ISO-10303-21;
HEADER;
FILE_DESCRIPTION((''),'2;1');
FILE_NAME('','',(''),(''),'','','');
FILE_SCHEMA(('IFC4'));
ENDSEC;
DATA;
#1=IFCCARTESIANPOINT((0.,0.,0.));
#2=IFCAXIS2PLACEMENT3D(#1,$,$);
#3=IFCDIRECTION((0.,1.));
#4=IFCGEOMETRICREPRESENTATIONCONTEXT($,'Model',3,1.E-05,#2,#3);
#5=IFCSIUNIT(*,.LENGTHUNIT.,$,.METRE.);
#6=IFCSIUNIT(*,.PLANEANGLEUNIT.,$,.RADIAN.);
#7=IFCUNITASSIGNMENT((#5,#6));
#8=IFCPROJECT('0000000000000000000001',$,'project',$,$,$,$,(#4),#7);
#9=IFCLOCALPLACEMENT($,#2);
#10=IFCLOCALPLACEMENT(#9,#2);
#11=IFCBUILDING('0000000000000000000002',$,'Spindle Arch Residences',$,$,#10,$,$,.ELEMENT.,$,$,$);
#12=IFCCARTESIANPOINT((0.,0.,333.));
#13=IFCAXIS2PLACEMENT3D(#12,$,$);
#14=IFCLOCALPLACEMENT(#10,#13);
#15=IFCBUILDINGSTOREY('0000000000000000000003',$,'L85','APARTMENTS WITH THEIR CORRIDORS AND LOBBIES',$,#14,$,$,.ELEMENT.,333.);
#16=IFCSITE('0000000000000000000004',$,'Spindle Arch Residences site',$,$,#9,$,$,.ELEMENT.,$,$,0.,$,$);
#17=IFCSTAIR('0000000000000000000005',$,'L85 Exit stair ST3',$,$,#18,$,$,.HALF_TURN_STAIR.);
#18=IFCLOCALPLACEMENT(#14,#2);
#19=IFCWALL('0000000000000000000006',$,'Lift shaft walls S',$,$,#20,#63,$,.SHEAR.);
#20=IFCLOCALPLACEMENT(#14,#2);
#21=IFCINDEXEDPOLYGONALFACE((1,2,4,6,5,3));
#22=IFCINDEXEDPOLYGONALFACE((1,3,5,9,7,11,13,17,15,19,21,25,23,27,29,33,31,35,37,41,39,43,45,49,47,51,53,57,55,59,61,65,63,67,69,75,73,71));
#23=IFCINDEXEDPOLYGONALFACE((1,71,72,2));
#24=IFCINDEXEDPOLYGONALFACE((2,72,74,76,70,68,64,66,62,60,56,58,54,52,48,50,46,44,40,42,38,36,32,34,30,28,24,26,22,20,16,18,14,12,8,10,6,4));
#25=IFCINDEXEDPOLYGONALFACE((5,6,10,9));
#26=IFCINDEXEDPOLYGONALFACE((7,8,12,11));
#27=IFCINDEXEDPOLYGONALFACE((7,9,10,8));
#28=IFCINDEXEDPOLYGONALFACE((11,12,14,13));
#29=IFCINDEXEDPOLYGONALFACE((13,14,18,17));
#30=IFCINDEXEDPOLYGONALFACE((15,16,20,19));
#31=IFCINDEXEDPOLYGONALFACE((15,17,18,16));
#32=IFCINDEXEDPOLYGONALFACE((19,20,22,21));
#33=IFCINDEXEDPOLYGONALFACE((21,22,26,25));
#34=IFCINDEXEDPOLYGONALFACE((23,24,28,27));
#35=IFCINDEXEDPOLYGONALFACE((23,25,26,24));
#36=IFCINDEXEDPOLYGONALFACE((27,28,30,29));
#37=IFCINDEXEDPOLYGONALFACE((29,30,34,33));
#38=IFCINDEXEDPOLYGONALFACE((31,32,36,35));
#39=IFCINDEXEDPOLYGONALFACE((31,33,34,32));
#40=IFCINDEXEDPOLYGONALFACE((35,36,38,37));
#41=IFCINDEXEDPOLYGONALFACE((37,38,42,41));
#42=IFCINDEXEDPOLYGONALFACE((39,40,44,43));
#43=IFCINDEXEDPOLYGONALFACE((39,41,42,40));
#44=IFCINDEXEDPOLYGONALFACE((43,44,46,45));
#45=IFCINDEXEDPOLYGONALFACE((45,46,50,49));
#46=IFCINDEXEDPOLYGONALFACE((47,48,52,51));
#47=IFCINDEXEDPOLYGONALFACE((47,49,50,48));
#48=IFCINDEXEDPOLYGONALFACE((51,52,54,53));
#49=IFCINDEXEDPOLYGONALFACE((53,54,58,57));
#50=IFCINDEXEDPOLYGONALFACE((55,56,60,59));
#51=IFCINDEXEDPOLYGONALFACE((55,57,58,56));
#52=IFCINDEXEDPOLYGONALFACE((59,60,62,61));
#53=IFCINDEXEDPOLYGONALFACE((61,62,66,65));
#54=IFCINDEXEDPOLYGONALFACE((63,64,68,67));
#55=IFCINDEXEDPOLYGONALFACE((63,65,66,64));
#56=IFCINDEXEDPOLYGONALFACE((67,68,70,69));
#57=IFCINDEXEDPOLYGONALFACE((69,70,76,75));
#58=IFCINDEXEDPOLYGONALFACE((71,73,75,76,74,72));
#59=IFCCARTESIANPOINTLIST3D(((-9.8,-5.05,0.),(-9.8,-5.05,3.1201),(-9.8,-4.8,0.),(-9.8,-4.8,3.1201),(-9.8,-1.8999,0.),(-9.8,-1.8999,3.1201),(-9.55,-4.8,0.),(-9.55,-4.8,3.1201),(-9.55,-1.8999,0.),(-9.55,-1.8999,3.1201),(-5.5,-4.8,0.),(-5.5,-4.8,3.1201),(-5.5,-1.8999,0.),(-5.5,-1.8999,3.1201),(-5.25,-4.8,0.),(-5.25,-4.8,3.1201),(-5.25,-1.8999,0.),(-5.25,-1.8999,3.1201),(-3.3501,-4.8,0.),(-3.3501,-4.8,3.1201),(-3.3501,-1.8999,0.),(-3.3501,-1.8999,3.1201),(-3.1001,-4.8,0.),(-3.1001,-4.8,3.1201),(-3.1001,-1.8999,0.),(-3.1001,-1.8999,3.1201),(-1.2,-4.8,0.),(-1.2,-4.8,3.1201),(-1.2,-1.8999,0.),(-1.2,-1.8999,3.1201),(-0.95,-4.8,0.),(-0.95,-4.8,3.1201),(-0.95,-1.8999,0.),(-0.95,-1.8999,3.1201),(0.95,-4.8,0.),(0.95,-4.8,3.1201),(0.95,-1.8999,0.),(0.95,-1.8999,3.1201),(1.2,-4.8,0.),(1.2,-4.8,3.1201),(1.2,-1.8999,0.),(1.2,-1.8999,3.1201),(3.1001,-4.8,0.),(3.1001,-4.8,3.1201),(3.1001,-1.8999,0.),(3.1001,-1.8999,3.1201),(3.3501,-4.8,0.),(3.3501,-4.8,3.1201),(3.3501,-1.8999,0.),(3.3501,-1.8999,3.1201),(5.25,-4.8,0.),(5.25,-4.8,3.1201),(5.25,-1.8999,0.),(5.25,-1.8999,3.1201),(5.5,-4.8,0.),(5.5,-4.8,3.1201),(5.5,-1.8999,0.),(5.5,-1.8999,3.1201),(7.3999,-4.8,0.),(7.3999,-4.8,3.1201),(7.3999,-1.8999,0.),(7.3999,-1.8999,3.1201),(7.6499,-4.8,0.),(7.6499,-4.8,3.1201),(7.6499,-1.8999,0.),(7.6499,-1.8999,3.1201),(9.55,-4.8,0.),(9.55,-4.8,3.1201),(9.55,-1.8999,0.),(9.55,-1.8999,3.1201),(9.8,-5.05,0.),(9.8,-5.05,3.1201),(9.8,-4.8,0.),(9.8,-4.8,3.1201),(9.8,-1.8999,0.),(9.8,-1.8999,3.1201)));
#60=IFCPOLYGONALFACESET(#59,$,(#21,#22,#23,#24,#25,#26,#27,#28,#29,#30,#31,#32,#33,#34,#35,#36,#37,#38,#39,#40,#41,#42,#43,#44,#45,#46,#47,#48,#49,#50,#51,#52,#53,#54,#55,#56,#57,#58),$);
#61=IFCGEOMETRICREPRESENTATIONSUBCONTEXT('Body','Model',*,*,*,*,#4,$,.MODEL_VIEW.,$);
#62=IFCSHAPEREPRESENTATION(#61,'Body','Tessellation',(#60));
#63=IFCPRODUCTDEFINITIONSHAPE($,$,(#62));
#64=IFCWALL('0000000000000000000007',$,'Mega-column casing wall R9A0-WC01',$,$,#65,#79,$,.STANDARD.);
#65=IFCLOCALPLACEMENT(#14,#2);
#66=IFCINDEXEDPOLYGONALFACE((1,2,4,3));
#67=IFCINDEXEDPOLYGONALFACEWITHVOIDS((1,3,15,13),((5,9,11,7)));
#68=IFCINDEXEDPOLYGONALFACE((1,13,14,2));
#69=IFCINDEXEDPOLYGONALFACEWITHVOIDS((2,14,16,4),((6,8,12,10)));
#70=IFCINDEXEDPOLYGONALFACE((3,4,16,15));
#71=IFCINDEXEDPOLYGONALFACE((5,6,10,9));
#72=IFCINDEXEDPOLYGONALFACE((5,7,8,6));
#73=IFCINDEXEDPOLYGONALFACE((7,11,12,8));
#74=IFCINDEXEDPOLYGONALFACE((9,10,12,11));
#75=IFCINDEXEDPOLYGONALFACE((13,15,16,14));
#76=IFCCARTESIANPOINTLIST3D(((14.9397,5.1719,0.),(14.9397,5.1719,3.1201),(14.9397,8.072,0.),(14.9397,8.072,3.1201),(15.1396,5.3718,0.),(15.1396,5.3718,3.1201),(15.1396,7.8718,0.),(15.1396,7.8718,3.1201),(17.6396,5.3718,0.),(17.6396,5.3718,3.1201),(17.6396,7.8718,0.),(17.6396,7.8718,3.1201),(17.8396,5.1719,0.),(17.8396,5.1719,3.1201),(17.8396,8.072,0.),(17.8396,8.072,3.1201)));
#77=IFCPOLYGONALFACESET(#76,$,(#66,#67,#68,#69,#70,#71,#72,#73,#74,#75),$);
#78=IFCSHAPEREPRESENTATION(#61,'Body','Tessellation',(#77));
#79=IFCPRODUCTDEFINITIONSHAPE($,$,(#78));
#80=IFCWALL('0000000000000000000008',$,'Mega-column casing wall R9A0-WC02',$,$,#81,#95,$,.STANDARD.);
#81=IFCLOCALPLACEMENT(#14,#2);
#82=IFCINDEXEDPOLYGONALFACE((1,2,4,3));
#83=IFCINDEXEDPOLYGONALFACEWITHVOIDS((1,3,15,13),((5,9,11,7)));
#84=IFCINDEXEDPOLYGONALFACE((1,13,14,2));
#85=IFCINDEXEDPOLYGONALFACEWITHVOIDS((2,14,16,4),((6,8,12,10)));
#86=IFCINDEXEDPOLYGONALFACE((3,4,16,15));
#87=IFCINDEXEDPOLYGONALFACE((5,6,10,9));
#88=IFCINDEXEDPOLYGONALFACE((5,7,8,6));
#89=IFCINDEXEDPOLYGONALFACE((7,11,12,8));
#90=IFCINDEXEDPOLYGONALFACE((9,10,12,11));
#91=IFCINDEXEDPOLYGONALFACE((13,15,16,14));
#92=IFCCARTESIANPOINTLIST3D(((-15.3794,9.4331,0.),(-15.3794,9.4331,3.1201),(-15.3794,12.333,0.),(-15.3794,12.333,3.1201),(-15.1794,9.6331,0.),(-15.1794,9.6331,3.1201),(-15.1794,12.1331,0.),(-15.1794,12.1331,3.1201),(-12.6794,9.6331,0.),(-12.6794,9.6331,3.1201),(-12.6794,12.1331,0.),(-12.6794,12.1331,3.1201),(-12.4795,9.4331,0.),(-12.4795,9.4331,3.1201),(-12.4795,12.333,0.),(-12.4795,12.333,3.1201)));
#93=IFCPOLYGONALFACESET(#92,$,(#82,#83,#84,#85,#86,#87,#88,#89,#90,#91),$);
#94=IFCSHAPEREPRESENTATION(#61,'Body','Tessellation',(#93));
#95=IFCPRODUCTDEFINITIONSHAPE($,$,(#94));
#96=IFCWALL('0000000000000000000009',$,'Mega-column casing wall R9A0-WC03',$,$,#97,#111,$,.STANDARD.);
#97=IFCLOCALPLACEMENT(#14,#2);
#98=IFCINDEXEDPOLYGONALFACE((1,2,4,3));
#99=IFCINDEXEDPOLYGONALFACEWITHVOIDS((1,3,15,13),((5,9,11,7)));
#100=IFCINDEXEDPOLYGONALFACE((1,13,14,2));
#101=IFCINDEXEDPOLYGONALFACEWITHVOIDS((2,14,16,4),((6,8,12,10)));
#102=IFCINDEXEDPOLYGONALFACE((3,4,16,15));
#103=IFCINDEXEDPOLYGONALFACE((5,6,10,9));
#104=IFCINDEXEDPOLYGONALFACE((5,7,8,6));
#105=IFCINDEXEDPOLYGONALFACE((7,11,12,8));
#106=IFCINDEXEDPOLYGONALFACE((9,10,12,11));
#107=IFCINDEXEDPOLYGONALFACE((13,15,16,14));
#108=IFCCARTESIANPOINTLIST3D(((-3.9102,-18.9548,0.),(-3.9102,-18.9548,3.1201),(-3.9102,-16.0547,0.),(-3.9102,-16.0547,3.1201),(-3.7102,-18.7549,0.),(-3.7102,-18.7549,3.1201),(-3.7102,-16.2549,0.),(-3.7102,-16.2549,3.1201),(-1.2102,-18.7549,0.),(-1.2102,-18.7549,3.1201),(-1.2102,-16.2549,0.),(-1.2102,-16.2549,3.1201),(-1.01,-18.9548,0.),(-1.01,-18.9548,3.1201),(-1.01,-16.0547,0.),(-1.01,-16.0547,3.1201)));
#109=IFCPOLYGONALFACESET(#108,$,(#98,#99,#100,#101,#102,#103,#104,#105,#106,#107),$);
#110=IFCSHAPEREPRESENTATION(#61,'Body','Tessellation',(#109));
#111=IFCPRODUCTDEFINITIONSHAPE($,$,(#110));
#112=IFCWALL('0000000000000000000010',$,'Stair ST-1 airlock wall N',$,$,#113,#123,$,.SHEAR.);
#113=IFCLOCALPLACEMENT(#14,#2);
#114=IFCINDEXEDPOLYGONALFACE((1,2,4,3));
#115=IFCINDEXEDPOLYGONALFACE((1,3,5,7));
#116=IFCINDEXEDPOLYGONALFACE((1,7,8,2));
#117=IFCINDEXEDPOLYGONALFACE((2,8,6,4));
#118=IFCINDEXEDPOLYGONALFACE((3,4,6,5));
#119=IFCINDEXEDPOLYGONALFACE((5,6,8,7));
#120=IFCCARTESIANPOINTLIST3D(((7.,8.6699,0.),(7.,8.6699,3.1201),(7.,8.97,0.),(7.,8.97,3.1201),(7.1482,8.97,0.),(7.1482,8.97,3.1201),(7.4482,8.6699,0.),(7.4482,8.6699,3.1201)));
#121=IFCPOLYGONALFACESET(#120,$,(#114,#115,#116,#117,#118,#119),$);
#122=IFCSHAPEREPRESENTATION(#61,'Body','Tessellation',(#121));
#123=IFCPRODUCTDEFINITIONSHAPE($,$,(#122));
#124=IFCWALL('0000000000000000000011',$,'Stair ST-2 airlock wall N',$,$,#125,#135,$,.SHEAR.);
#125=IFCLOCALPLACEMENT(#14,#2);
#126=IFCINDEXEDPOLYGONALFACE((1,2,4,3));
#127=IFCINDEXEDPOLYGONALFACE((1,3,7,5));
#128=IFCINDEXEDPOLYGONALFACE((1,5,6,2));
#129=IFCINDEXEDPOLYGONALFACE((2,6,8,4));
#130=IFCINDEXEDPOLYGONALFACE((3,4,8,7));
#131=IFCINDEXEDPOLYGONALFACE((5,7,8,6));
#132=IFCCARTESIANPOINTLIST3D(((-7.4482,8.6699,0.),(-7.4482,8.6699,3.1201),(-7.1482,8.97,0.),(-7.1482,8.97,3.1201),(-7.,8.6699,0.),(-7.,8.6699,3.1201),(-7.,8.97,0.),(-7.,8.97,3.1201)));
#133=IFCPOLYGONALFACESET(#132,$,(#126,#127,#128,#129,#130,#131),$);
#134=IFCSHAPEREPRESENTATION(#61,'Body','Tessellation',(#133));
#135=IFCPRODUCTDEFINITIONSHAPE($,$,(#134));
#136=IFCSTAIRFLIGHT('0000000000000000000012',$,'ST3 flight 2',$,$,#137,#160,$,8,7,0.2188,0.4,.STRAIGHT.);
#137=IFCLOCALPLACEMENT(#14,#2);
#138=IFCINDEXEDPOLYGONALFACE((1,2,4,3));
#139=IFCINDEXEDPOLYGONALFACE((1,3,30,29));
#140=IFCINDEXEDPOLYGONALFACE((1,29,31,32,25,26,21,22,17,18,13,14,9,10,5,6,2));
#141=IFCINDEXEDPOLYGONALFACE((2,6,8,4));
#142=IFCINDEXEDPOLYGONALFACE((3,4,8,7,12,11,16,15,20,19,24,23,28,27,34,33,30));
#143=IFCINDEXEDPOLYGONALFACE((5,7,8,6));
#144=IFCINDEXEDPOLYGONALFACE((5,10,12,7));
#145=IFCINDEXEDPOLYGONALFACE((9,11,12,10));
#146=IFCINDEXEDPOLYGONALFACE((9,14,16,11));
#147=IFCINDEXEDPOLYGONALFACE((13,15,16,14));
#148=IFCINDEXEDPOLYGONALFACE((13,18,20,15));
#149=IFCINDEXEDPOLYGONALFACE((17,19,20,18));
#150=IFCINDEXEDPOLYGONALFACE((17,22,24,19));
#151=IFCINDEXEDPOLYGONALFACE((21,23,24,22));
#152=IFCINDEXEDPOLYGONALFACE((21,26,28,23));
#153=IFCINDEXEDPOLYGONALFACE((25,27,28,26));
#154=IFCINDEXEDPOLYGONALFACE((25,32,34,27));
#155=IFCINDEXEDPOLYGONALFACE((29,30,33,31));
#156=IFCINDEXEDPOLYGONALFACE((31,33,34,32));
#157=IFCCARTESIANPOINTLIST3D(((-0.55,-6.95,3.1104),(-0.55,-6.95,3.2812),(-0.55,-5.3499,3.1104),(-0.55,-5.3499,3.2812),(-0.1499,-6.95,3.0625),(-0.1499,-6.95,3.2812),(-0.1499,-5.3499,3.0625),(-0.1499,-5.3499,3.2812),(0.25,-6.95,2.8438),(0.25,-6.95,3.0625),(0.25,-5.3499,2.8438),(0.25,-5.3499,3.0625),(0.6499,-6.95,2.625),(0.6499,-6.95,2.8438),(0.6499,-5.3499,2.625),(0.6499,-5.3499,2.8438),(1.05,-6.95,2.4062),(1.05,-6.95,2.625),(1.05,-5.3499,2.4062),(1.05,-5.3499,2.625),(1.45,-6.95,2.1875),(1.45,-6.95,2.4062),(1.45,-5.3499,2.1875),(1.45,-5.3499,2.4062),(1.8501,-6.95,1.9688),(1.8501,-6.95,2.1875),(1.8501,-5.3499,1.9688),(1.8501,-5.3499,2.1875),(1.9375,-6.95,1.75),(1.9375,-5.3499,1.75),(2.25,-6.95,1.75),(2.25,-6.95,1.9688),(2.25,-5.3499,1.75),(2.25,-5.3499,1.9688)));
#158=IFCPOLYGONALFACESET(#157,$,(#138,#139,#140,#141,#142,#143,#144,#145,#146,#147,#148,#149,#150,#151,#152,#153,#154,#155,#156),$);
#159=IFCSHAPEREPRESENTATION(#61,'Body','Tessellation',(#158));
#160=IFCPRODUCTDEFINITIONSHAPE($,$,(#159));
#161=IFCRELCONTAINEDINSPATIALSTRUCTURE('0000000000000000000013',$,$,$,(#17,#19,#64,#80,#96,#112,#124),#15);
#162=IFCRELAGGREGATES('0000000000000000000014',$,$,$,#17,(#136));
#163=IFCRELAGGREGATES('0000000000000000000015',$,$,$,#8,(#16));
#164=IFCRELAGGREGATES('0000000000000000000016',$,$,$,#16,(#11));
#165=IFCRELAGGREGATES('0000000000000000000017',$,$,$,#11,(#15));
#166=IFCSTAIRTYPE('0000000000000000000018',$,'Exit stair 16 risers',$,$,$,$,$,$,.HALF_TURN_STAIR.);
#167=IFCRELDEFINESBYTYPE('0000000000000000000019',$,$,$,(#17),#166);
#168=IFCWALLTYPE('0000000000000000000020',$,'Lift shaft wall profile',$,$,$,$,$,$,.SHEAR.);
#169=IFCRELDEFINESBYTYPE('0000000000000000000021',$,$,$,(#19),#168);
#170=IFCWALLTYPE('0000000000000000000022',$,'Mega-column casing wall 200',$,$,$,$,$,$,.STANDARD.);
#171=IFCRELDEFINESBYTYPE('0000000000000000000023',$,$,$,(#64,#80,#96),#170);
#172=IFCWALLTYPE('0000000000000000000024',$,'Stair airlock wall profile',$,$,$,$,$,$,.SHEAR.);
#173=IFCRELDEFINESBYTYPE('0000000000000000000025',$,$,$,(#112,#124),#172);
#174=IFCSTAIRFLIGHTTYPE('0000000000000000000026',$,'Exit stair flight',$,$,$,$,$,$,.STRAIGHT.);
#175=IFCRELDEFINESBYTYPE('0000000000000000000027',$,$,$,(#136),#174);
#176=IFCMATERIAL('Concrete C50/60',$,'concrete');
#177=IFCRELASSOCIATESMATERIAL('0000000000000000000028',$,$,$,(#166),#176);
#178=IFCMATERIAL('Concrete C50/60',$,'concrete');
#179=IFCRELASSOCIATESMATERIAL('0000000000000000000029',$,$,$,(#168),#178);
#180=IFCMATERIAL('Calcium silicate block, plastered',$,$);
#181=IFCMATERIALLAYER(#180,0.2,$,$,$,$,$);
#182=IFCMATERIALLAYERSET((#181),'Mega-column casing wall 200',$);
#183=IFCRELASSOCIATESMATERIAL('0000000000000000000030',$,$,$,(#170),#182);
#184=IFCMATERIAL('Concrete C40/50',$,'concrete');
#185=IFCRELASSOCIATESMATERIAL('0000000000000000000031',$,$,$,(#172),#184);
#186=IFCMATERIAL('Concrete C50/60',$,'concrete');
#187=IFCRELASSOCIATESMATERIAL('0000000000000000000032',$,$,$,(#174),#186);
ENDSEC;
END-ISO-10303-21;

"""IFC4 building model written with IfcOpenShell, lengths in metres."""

from ifc_helpers import new_model, si_unit, direction, frame, origin, place, context, subcontext, project, spatial, polyline, outline, extrude, material, layer, layer_set, type_object, element, aggregate, save


model = new_model("IFC4")

# Units and contexts
model_context = context("Model", 3, precision=1e-05, world=origin(), true_north=direction((0.0, 1.0)))
body_context = subcontext(model_context, "Body", "Model", "MODEL_VIEW")
ifc_project = project(units=[si_unit("LENGTHUNIT", "METRE"), si_unit("PLANEANGLEUNIT", "RADIAN")], contexts=[model_context])

# Site, building, storey
site_placement = place(None, origin())
site = spatial("IfcSite", under=ifc_project, at=site_placement, Name="Spindle Arch Residences site", CompositionType="ELEMENT", RefElevation=0.0)
building_placement = place(site_placement, origin())
building = spatial("IfcBuilding", under=site, at=building_placement, Name="Spindle Arch Residences", CompositionType="ELEMENT")
storey_placement = place(building_placement, frame((0.0, 0.0, 333.0)))
storey = spatial("IfcBuildingStorey", under=building, at=storey_placement, Name="L85", Description="APARTMENTS WITH THEIR CORRIDORS AND LOBBIES", CompositionType="ELEMENT", Elevation=333.0)

# Stair
ifc_material_1 = material(Name="Concrete C50/60", Category="concrete")
stair_type = type_object("IfcStairType", Name="Exit stair 16 risers", PredefinedType="HALF_TURN_STAIR", material=ifc_material_1)
stair_1_placement = place(storey_placement, origin())
stair_1 = element("IfcStair", 1, at=stair_1_placement, inside=storey, type_object=stair_type, Name="L85 Exit stair ST3", PredefinedType="HALF_TURN_STAIR")

# Walls
ifc_material_2 = material(Name="Concrete C50/60", Category="concrete")
wall_type_1 = type_object("IfcWallType", Name="Lift shaft wall profile", PredefinedType="SHEAR", material=ifc_material_2)
wall_1_placement = place(storey_placement, origin())
element("IfcWall", 2, at=wall_1_placement, inside=storey, type_object=wall_type_1, Name="Lift shaft walls S", PredefinedType="SHEAR", context=body_context, shape_type="SweptSolid", body=[
    extrude(outline(polyline([(9.8, -5.05), (9.8, -4.8), (9.8, -1.8999), (9.55, -1.8999), (9.55, -4.8), (7.6499, -4.8), (7.6499, -1.8999), (7.3999, -1.8999), (7.3999, -4.8), (5.5, -4.8), (5.5, -1.8999), (5.25, -1.8999), (5.25, -4.8), (3.3501, -4.8), (3.3501, -1.8999), (3.1001, -1.8999), (3.1001, -4.8), (1.2, -4.8), (1.2, -1.8999), (0.95, -1.8999), (0.95, -4.8), (-0.95, -4.8), (-0.95, -1.8999), (-1.2, -1.8999), (-1.2, -4.8), (-3.1001, -4.8), (-3.1001, -1.8999), (-3.3501, -1.8999), (-3.3501, -4.8), (-5.25, -4.8), (-5.25, -1.8999), (-5.5, -1.8999), (-5.5, -4.8), (-9.55, -4.8), (-9.55, -1.8999), (-9.8, -1.8999), (-9.8, -4.8), (-9.8, -5.05), (9.8, -5.05)])), origin(), (0.0, 0.0, 1.0), 3.1201),
])
ifc_material_3 = material(Name="Calcium silicate block, plastered")
ifc_layer_1 = layer(ifc_material_3, 0.2)
ifc_layer_set_1 = layer_set([ifc_layer_1], Name="Mega-column casing wall 200")
wall_type_2 = type_object("IfcWallType", Name="Mega-column casing wall 200", PredefinedType="STANDARD", material=ifc_layer_set_1)
wall_2_placement = place(storey_placement, origin())
element("IfcWall", 3, at=wall_2_placement, inside=storey, type_object=wall_type_2, Name="Mega-column casing wall R9A0-WC01", PredefinedType="STANDARD", context=body_context, shape_type="SweptSolid", body=[
    extrude(outline(polyline([(17.8396, 8.072), (17.8396, 5.1719), (14.9397, 5.1719), (14.9397, 8.072), (17.8396, 8.072)]), holes=[polyline([(15.1396, 5.3718), (17.6396, 5.3718), (17.6396, 7.8718), (15.1396, 7.8718), (15.1396, 5.3718)])]), origin(), (0.0, 0.0, 1.0), 3.1201),
])
wall_3_placement = place(storey_placement, origin())
element("IfcWall", 4, at=wall_3_placement, inside=storey, type_object=wall_type_2, Name="Mega-column casing wall R9A0-WC02", PredefinedType="STANDARD", context=body_context, shape_type="SweptSolid", body=[
    extrude(outline(polyline([(-12.4795, 12.333), (-12.4795, 9.4331), (-15.3794, 9.4331), (-15.3794, 12.333), (-12.4795, 12.333)]), holes=[polyline([(-15.1794, 9.6331), (-12.6794, 9.6331), (-12.6794, 12.1331), (-15.1794, 12.1331), (-15.1794, 9.6331)])]), origin(), (0.0, 0.0, 1.0), 3.1201),
])
wall_4_placement = place(storey_placement, origin())
element("IfcWall", 5, at=wall_4_placement, inside=storey, type_object=wall_type_2, Name="Mega-column casing wall R9A0-WC03", PredefinedType="STANDARD", context=body_context, shape_type="SweptSolid", body=[
    extrude(outline(polyline([(-1.01, -16.0547), (-1.01, -18.9548), (-3.9102, -18.9548), (-3.9102, -16.0547), (-1.01, -16.0547)]), holes=[polyline([(-3.7102, -18.7549), (-1.2102, -18.7549), (-1.2102, -16.2549), (-3.7102, -16.2549), (-3.7102, -18.7549)])]), origin(), (0.0, 0.0, 1.0), 3.1201),
])
ifc_material_4 = material(Name="Concrete C40/50", Category="concrete")
wall_type_3 = type_object("IfcWallType", Name="Stair airlock wall profile", PredefinedType="SHEAR", material=ifc_material_4)
wall_5_placement = place(storey_placement, origin())
element("IfcWall", 6, at=wall_5_placement, inside=storey, type_object=wall_type_3, Name="Stair ST-1 airlock wall N", PredefinedType="SHEAR", context=body_context, shape_type="SweptSolid", body=[
    extrude(outline(polyline([(7.4482, 8.6699), (7.0, 8.6699), (7.0, 8.97), (7.1482, 8.97), (7.4482, 8.6699)])), origin(), (0.0, 0.0, 1.0), 3.1201),
])
wall_6_placement = place(storey_placement, origin())
element("IfcWall", 7, at=wall_6_placement, inside=storey, type_object=wall_type_3, Name="Stair ST-2 airlock wall N", PredefinedType="SHEAR", context=body_context, shape_type="SweptSolid", body=[
    extrude(outline(polyline([(-7.1482, 8.97), (-7.0, 8.97), (-7.0, 8.6699), (-7.4482, 8.6699), (-7.1482, 8.97)])), origin(), (0.0, 0.0, 1.0), 3.1201),
])

# Stair flight
ifc_material_5 = material(Name="Concrete C50/60", Category="concrete")
stair_flight_type = type_object("IfcStairFlightType", Name="Exit stair flight", PredefinedType="STRAIGHT", material=ifc_material_5)
stair_flight_placement = place(storey_placement, frame((2.25, -6.1499, 1.75), z_axis=(0.0, 0.0, 1.0), x_axis=(-1.0, 0.0, 0.0)))
stair_flight = element("IfcStairFlight", 8, at=stair_flight_placement, type_object=stair_flight_type, Name="ST3 flight 2", NumberOfRisers=8, NumberOfTreads=7, PredefinedType="STRAIGHT", RiserHeight=0.2188, TreadLength=0.4, context=body_context, shape_type="SweptSolid", body=[
    extrude(outline(polyline([(0.0, 0.0), (0.0, 0.2188), (0.3999, 0.2188), (0.3999, 0.4375), (0.8, 0.4375), (0.8, 0.6562), (1.2, 0.6562), (1.2, 0.875), (1.6001, 0.875), (1.6001, 1.0938), (2.0, 1.0938), (2.0, 1.3125), (2.3999, 1.3125), (2.3999, 1.5312), (2.8, 1.5312), (2.8, 1.75), (2.8, 1.3604), (0.3125, 0.0), (0.0, 0.0)])), frame((0.0, 0.8, 0.0), z_axis=(0.0, -1.0, 0.0), x_axis=(1.0, 0.0, 0.0)), (0.0, 0.0, 1.0), 1.6001),
])
aggregate(stair_1, [stair_flight])

save(model, "model.ifc")
